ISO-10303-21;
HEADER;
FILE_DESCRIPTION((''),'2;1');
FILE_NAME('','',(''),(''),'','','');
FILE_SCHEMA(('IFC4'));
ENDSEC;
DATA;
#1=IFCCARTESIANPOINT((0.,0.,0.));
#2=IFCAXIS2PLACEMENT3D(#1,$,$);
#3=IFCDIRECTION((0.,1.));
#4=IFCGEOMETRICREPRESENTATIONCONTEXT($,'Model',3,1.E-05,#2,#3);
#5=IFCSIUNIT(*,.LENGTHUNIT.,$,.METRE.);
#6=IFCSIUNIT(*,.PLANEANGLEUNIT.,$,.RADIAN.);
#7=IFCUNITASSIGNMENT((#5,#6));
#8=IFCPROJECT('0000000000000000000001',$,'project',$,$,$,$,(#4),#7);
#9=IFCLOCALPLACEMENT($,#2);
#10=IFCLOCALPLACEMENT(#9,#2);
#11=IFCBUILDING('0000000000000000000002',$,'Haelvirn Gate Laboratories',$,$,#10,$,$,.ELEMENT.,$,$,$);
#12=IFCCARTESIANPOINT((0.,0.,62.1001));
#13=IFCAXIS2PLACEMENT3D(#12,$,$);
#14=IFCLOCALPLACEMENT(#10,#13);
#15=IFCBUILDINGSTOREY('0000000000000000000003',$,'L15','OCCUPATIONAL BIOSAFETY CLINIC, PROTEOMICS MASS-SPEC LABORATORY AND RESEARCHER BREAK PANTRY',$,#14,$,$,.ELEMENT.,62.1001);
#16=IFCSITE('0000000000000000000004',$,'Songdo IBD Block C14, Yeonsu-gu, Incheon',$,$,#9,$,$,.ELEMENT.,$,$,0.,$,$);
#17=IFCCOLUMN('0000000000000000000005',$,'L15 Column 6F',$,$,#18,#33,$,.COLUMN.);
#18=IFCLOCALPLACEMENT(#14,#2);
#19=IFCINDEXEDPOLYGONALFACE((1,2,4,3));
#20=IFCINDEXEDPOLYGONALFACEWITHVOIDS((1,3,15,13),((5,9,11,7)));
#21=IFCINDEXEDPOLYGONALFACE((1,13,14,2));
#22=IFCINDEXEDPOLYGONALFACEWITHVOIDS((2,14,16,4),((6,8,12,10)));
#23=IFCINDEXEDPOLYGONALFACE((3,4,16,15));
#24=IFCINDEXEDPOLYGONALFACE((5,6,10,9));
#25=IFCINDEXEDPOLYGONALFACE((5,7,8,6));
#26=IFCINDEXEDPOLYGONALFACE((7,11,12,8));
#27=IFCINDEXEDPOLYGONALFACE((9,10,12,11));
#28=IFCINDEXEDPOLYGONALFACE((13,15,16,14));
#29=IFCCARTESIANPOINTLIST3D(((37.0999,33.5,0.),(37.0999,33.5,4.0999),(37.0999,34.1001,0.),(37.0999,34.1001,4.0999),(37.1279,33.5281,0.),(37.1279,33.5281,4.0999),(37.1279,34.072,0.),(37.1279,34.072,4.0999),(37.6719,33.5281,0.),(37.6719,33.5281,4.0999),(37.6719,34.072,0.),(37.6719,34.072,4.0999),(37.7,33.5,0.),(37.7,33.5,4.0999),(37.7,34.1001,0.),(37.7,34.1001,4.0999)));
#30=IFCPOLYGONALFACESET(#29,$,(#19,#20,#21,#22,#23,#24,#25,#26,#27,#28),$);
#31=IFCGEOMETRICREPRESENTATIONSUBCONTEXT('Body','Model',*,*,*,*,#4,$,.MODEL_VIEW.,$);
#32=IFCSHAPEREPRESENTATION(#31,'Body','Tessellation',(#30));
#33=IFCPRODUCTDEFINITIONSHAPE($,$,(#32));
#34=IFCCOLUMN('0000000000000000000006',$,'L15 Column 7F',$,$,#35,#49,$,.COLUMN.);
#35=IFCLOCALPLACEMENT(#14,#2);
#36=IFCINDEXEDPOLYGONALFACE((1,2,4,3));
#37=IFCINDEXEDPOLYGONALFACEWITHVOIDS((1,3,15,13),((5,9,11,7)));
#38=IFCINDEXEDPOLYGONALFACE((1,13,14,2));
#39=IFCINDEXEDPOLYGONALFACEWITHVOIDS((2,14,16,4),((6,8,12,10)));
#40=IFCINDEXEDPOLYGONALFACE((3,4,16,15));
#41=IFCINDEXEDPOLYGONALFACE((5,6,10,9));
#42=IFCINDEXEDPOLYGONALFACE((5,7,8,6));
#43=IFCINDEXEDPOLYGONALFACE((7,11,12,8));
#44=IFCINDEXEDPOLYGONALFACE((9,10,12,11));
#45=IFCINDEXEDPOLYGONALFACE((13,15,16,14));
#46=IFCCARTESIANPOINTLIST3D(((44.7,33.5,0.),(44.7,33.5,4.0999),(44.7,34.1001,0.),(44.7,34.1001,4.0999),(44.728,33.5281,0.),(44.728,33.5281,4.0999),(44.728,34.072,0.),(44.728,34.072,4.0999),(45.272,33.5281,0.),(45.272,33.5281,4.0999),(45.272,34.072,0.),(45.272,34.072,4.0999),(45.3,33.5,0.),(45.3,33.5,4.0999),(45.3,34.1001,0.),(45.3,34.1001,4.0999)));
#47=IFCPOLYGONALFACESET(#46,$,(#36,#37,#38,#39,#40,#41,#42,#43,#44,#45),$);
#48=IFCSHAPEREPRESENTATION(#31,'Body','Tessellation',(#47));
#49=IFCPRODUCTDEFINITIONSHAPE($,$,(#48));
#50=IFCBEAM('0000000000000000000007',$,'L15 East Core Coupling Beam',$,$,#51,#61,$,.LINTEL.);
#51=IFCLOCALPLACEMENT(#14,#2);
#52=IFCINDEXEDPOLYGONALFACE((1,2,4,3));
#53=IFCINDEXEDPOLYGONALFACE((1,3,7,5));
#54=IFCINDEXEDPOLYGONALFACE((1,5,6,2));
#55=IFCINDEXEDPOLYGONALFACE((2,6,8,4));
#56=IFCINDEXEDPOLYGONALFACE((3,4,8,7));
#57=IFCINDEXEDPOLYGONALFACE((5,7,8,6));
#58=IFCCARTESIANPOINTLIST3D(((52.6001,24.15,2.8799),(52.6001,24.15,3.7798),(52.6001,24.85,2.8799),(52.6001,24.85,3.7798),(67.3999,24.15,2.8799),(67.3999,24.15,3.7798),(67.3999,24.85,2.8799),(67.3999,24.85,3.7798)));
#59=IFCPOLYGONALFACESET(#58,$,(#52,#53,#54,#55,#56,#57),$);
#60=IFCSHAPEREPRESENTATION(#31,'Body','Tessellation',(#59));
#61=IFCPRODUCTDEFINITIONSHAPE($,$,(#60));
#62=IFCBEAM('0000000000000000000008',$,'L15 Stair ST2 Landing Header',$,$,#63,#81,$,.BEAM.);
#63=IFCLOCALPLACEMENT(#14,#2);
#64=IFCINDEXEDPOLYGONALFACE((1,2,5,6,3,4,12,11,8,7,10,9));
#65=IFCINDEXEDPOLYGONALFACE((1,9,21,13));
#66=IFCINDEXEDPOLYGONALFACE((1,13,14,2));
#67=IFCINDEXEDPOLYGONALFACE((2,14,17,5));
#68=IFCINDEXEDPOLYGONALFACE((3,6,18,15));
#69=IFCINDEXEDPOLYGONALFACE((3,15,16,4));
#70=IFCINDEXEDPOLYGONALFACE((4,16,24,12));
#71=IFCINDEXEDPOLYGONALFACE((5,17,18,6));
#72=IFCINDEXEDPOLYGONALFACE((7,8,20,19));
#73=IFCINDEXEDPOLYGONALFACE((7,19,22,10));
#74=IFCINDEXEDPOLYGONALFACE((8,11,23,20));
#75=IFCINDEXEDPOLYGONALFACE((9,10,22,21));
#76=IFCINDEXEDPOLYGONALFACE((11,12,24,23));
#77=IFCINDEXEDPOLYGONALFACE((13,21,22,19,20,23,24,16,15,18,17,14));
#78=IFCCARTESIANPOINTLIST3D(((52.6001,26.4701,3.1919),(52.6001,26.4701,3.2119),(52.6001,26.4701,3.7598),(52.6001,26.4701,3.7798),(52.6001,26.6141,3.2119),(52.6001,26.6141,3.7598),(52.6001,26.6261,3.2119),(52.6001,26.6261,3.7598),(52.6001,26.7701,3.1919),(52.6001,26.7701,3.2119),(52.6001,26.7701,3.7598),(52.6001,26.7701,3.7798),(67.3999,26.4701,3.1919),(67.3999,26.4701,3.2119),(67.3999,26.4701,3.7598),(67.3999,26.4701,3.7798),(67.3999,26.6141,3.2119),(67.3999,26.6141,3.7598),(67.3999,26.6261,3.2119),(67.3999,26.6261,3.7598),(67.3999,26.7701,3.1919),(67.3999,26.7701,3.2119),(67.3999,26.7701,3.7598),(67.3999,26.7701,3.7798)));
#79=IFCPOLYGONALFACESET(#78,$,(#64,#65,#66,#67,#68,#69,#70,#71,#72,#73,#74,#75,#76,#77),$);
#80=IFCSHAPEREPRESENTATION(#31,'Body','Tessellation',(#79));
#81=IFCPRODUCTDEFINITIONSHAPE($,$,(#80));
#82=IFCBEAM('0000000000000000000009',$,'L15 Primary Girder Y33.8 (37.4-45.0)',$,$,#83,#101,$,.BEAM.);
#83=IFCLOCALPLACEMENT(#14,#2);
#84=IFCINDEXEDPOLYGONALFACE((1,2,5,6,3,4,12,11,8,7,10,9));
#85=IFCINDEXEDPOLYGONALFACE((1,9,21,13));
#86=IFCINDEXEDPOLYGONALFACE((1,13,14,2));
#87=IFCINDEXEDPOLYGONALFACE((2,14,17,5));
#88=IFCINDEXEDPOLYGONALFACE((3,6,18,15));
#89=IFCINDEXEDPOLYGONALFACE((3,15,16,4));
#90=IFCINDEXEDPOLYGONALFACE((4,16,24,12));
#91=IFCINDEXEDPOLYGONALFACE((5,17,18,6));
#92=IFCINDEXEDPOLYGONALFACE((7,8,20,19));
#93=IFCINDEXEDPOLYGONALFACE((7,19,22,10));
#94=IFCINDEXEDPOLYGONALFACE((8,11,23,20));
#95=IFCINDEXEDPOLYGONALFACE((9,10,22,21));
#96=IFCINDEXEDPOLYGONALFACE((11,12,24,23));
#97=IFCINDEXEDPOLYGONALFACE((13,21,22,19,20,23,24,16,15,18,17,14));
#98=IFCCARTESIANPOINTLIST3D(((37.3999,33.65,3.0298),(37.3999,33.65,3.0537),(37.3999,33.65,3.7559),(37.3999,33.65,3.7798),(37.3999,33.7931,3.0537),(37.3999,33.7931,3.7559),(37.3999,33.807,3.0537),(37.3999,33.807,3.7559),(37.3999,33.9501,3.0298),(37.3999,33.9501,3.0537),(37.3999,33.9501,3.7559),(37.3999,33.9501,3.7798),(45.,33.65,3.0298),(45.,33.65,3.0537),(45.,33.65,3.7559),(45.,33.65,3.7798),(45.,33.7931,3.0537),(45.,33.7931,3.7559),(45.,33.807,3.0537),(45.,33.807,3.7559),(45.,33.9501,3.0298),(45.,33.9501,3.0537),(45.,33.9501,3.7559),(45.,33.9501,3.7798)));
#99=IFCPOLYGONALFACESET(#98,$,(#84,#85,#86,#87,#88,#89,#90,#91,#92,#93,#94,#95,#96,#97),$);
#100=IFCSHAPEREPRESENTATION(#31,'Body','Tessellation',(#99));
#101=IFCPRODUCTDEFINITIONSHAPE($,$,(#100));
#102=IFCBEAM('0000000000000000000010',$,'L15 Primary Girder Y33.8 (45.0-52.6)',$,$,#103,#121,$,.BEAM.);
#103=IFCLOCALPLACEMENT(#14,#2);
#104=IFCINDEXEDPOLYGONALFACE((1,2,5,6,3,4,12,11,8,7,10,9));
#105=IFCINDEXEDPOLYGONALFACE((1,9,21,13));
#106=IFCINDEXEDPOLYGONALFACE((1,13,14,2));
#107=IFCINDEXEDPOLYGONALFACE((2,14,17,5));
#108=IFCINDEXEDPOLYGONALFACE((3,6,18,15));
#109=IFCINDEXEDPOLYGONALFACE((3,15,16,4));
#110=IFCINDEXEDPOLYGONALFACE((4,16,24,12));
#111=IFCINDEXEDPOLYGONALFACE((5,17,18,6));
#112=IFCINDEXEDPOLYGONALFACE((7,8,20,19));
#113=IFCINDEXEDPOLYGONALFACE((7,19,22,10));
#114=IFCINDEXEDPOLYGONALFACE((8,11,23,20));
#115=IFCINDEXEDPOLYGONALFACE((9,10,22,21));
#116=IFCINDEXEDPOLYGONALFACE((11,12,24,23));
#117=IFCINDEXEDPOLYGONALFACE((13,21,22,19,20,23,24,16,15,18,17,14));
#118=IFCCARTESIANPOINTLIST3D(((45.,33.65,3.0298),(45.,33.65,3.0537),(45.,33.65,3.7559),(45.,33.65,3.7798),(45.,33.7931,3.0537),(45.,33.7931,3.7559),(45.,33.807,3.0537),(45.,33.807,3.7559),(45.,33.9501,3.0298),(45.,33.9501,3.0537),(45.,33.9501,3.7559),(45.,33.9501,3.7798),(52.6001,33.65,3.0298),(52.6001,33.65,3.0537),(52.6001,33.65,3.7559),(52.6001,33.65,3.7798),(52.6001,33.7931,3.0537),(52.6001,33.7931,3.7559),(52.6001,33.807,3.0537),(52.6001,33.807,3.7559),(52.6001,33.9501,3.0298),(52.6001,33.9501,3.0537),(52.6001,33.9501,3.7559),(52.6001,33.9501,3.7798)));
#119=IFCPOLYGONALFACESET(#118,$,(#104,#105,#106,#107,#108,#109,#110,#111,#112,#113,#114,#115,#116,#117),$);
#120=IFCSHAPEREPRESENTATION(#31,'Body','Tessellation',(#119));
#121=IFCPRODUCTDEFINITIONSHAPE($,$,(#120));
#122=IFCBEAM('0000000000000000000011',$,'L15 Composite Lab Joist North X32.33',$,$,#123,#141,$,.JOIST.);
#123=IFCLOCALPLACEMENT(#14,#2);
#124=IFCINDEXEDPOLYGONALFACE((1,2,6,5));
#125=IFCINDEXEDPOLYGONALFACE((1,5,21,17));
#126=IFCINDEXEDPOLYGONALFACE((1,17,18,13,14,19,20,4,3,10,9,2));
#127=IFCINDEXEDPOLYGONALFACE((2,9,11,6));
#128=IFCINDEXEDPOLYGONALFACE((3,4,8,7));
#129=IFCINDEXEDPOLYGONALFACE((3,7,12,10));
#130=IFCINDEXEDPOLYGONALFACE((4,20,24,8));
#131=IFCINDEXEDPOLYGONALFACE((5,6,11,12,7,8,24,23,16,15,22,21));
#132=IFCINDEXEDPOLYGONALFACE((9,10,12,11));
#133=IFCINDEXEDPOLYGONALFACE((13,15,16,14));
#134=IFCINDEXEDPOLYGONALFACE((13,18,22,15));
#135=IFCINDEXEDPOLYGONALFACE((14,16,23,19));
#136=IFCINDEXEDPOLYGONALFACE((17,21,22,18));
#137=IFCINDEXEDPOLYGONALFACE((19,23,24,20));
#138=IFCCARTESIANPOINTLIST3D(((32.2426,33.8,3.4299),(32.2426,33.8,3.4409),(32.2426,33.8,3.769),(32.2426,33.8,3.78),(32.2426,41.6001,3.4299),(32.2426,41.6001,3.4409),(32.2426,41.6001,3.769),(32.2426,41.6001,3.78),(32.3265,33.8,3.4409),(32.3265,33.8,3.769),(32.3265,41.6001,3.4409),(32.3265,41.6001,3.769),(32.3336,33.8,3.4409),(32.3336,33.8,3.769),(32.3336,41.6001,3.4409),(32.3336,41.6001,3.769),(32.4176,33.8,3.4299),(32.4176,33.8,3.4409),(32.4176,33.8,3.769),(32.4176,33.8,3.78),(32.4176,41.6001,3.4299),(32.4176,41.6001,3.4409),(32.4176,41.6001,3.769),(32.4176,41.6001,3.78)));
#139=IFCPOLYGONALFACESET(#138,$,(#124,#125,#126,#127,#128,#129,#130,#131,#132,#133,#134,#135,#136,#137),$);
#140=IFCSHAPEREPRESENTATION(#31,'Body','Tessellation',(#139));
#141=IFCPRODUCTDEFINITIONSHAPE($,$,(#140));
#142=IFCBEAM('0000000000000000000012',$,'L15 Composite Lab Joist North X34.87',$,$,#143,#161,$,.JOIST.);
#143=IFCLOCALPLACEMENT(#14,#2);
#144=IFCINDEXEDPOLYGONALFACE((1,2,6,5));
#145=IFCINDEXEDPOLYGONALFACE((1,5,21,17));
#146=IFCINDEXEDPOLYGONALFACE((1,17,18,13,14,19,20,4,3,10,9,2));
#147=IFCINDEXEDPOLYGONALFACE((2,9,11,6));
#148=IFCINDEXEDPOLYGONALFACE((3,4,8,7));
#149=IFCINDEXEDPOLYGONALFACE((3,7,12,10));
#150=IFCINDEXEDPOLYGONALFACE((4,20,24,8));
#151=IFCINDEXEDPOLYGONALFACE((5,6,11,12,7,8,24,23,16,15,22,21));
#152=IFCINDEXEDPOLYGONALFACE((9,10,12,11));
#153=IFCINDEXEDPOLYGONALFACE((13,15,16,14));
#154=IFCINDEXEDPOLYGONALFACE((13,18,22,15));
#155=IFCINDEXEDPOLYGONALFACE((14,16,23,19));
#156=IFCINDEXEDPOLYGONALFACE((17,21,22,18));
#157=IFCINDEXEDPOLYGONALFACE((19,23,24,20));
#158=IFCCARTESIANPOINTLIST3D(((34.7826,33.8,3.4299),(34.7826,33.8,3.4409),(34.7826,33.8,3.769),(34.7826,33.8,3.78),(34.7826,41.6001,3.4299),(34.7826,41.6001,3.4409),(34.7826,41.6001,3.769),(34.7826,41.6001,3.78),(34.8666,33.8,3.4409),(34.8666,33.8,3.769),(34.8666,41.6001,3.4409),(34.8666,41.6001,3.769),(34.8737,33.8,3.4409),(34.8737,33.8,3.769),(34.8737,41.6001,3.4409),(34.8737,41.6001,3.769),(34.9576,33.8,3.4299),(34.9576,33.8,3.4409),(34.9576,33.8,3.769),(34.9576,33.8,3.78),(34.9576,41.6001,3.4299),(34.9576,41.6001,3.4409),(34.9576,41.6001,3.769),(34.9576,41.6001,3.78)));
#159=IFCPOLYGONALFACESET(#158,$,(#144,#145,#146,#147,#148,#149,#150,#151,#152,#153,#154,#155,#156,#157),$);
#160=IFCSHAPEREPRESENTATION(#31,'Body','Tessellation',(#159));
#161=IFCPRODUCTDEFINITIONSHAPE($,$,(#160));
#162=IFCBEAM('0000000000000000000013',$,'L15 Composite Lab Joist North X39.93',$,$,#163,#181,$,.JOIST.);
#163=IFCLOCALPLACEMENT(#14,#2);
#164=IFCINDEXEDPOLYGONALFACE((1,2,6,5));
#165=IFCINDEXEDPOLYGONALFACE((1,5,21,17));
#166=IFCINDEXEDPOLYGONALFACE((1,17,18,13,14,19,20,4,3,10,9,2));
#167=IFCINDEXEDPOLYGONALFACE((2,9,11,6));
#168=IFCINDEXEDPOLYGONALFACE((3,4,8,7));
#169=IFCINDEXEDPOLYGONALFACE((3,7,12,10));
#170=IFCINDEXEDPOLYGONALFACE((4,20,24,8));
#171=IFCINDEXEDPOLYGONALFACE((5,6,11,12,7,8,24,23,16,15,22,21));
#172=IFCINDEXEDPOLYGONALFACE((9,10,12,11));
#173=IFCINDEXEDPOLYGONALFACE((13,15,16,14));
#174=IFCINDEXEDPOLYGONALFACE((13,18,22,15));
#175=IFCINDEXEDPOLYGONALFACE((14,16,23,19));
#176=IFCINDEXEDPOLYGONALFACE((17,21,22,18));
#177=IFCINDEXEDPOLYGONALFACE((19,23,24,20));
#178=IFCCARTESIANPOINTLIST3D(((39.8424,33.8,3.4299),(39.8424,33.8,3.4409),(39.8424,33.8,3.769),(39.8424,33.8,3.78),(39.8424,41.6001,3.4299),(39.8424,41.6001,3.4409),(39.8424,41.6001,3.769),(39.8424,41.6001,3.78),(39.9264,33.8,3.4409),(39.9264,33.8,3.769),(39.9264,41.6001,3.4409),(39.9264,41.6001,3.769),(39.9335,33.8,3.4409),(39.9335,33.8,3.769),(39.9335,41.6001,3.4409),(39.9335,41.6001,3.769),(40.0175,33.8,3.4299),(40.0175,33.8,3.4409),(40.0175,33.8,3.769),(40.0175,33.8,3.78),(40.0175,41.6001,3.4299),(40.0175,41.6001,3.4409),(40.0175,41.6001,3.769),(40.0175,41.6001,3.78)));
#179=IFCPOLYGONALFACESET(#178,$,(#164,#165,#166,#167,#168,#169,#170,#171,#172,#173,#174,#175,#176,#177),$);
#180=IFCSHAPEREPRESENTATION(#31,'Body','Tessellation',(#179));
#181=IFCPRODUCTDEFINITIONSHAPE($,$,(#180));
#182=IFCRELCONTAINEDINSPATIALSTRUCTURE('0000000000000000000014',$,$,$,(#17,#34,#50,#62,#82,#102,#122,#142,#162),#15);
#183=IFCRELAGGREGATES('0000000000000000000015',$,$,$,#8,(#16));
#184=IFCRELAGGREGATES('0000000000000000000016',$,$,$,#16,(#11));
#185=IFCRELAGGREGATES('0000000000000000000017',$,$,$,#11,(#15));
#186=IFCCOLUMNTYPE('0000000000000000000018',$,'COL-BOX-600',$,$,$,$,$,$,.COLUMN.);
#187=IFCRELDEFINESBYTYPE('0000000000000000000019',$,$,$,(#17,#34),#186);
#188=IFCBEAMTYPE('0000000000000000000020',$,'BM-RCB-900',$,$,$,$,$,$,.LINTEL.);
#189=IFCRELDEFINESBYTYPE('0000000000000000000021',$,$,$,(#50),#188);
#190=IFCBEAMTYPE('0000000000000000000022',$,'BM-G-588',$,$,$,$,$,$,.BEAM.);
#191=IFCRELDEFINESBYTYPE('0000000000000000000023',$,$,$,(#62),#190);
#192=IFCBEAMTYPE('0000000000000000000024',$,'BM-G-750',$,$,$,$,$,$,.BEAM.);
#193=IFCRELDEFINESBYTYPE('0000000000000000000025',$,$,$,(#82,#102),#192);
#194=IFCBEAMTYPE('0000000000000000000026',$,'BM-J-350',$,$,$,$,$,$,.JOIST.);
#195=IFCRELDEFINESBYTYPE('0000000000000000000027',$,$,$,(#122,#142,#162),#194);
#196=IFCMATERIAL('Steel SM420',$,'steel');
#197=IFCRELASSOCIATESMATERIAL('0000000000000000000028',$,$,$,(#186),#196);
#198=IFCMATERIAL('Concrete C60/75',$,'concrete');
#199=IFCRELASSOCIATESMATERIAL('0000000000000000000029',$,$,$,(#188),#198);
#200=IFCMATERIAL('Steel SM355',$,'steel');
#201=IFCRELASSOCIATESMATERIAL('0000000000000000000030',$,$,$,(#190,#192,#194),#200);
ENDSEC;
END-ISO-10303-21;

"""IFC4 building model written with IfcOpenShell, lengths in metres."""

from ifc_helpers import new_model, si_unit, direction, frame, origin, origin_2d, place, context, subcontext, project, spatial, rectangle, hollow_rectangle, i_section, extrude, source, transform, mapped, material, material_profile, profile_set, type_object, type_shapes, element, save


model = new_model("IFC4")

# Units and contexts
model_context = context("Model", 3, precision=1e-05, world=origin(), true_north=direction((0.0, 1.0)))
body_context = subcontext(model_context, "Body", "Model", "MODEL_VIEW")
ifc_project = project(units=[si_unit("LENGTHUNIT", "METRE"), si_unit("PLANEANGLEUNIT", "RADIAN")], contexts=[model_context])

# Site, building, storey
site_placement = place(None, origin())
site = spatial("IfcSite", under=ifc_project, at=site_placement, Name="Songdo IBD Block C14, Yeonsu-gu, Incheon", CompositionType="ELEMENT", RefElevation=0.0)
building_placement = place(site_placement, origin())
building = spatial("IfcBuilding", under=site, at=building_placement, Name="Haelvirn Gate Laboratories", CompositionType="ELEMENT")
storey_placement = place(building_placement, frame((0.0, 0.0, 62.1001)))
storey = spatial("IfcBuildingStorey", under=building, at=storey_placement, Name="L15", Description="OCCUPATIONAL BIOSAFETY CLINIC, PROTEOMICS MASS-SPEC LABORATORY AND RESEARCHER BREAK PANTRY", CompositionType="ELEMENT", Elevation=62.1001)

# Columns
ifc_material_1 = material(Name="Steel SM420", Category="steel")
ifc_material_profile_1 = material_profile(ifc_material_1, hollow_rectangle(XDim=0.6001, YDim=0.6001, WallThickness=0.0281, at=origin_2d()), Name="BOX-600x600x28")
ifc_profile_set_1 = profile_set([ifc_material_profile_1], Name="Steel SM420")
column_type = type_object("IfcColumnType", Name="COL-BOX-600", PredefinedType="COLUMN", material=ifc_profile_set_1)
shared_shape_1 = source(origin(), body_context, "Body", "SweptSolid", [
    extrude(hollow_rectangle(XDim=0.6001, YDim=0.6001, WallThickness=0.0281, at=origin_2d()), origin(), (0.0, 0.0, 1.0), 4.0999),
])
type_shapes(column_type, [shared_shape_1])
for number, where, z_axis, x_axis, name in (
    (1, (37.3999, 33.8, 0.0), (0.0, 0.0, 1.0), (1.0, 0.0, 0.0), "L15 Column 6F"),
    (2, (45.0, 33.8, 0.0), (0.0, 0.0, 1.0), (1.0, 0.0, 0.0), "L15 Column 7F"),
):
    element("IfcColumn", number, at=place(storey_placement, frame(where, z_axis=z_axis, x_axis=x_axis)), inside=storey, type_object=column_type, Name=name, PredefinedType="COLUMN", context=body_context, shape_type="MappedRepresentation", body=[
        mapped(shared_shape_1, transform((0.0, 0.0, 0.0), scale=1.0)),
    ])

# Beams
ifc_material_2 = material(Name="Concrete C60/75", Category="concrete")
ifc_material_profile_2 = material_profile(ifc_material_2, rectangle(XDim=0.7, YDim=0.8999, at=origin_2d()), Name="RCB-700x900")
ifc_profile_set_2 = profile_set([ifc_material_profile_2], Name="Concrete C60/75")
beam_type_1 = type_object("IfcBeamType", Name="BM-RCB-900", PredefinedType="LINTEL", material=ifc_profile_set_2)
shared_shape_2 = source(origin(), body_context, "Body", "SweptSolid", [
    extrude(rectangle(XDim=0.7, YDim=0.8999, at=origin_2d()), origin(), (0.0, 0.0, 1.0), 14.7998),
])
type_shapes(beam_type_1, [shared_shape_2])
beam_1_placement = place(storey_placement, frame((52.6001, 24.5, 3.3298), z_axis=(1.0, 0.0, 0.0), x_axis=(0.0, 1.0, 0.0)))
element("IfcBeam", 3, at=beam_1_placement, inside=storey, type_object=beam_type_1, Name="L15 East Core Coupling Beam", PredefinedType="LINTEL", context=body_context, shape_type="MappedRepresentation", body=[
    mapped(shared_shape_2, transform((0.0, 0.0, 0.0), scale=1.0)),
])
ifc_material_3 = material(Name="Steel SM355", Category="steel")
ifc_material_profile_3 = material_profile(ifc_material_3, i_section(OverallWidth=0.3, OverallDepth=0.5879, WebThickness=0.012, FlangeThickness=0.02, at=origin_2d()), Name="H-588x300x12x20")
ifc_profile_set_3 = profile_set([ifc_material_profile_3], Name="Steel SM355")
beam_type_2 = type_object("IfcBeamType", Name="BM-G-588", PredefinedType="BEAM", material=ifc_profile_set_3)
shared_shape_3 = source(origin(), body_context, "Body", "SweptSolid", [
    extrude(i_section(OverallWidth=0.3, OverallDepth=0.5879, WebThickness=0.012, FlangeThickness=0.02, at=origin_2d()), origin(), (0.0, 0.0, 1.0), 14.7998),
])
type_shapes(beam_type_2, [shared_shape_3])
beam_2_placement = place(storey_placement, frame((52.6001, 26.6201, 3.4858), z_axis=(1.0, 0.0, 0.0), x_axis=(0.0, 1.0, 0.0)))
element("IfcBeam", 4, at=beam_2_placement, inside=storey, type_object=beam_type_2, Name="L15 Stair ST2 Landing Header", PredefinedType="BEAM", context=body_context, shape_type="MappedRepresentation", body=[
    mapped(shared_shape_3, transform((0.0, 0.0, 0.0), scale=1.0)),
])
ifc_material_profile_4 = material_profile(ifc_material_3, i_section(OverallWidth=0.3, OverallDepth=0.75, WebThickness=0.0139, FlangeThickness=0.0239, at=origin_2d()), Name="H-750x300x14x24")
ifc_profile_set_4 = profile_set([ifc_material_profile_4], Name="Steel SM355")
beam_type_3 = type_object("IfcBeamType", Name="BM-G-750", PredefinedType="BEAM", material=ifc_profile_set_4)
shared_shape_4 = source(origin(), body_context, "Body", "SweptSolid", [
    extrude(i_section(OverallWidth=0.3, OverallDepth=0.75, WebThickness=0.0139, FlangeThickness=0.0239, at=origin_2d()), origin(), (0.0, 0.0, 1.0), 7.6001),
])
type_shapes(beam_type_3, [shared_shape_4])
for number, where, z_axis, x_axis, name in (
    (5, (37.3999, 33.8, 3.4048), (1.0, 0.0, 0.0), (0.0, 1.0, 0.0), "L15 Primary Girder Y33.8 (37.4-45.0)"),
    (6, (45.0, 33.8, 3.4048), (1.0, 0.0, 0.0), (0.0, 1.0, 0.0), "L15 Primary Girder Y33.8 (45.0-52.6)"),
):
    element("IfcBeam", number, at=place(storey_placement, frame(where, z_axis=z_axis, x_axis=x_axis)), inside=storey, type_object=beam_type_3, Name=name, PredefinedType="BEAM", context=body_context, shape_type="MappedRepresentation", body=[
        mapped(shared_shape_4, transform((0.0, 0.0, 0.0), scale=1.0)),
    ])
ifc_material_profile_5 = material_profile(ifc_material_3, i_section(OverallWidth=0.175, OverallDepth=0.3501, WebThickness=0.0071, FlangeThickness=0.011, at=origin_2d()), Name="H-350x175x7x11")
ifc_profile_set_5 = profile_set([ifc_material_profile_5], Name="Steel SM355")
beam_type_4 = type_object("IfcBeamType", Name="BM-J-350", PredefinedType="JOIST", material=ifc_profile_set_5)
shared_shape_5 = source(origin(), body_context, "Body", "SweptSolid", [
    extrude(i_section(OverallWidth=0.175, OverallDepth=0.3501, WebThickness=0.0071, FlangeThickness=0.011, at=origin_2d()), origin(), (0.0, 0.0, 1.0), 7.8),
])
type_shapes(beam_type_4, [shared_shape_5])
for number, where, z_axis, x_axis, name in (
    (7, (32.3301, 33.8, 3.605), (0.0, 1.0, 0.0), (-1.0, 0.0, 0.0), "L15 Composite Lab Joist North X32.33"),
    (8, (34.8701, 33.8, 3.605), (0.0, 1.0, 0.0), (-1.0, 0.0, 0.0), "L15 Composite Lab Joist North X34.87"),
    (9, (39.9299, 33.8, 3.605), (0.0, 1.0, 0.0), (-1.0, 0.0, 0.0), "L15 Composite Lab Joist North X39.93"),
):
    element("IfcBeam", number, at=place(storey_placement, frame(where, z_axis=z_axis, x_axis=x_axis)), inside=storey, type_object=beam_type_4, Name=name, PredefinedType="JOIST", context=body_context, shape_type="MappedRepresentation", body=[
        mapped(shared_shape_5, transform((0.0, 0.0, 0.0), scale=1.0)),
    ])

save(model, "model.ifc")
